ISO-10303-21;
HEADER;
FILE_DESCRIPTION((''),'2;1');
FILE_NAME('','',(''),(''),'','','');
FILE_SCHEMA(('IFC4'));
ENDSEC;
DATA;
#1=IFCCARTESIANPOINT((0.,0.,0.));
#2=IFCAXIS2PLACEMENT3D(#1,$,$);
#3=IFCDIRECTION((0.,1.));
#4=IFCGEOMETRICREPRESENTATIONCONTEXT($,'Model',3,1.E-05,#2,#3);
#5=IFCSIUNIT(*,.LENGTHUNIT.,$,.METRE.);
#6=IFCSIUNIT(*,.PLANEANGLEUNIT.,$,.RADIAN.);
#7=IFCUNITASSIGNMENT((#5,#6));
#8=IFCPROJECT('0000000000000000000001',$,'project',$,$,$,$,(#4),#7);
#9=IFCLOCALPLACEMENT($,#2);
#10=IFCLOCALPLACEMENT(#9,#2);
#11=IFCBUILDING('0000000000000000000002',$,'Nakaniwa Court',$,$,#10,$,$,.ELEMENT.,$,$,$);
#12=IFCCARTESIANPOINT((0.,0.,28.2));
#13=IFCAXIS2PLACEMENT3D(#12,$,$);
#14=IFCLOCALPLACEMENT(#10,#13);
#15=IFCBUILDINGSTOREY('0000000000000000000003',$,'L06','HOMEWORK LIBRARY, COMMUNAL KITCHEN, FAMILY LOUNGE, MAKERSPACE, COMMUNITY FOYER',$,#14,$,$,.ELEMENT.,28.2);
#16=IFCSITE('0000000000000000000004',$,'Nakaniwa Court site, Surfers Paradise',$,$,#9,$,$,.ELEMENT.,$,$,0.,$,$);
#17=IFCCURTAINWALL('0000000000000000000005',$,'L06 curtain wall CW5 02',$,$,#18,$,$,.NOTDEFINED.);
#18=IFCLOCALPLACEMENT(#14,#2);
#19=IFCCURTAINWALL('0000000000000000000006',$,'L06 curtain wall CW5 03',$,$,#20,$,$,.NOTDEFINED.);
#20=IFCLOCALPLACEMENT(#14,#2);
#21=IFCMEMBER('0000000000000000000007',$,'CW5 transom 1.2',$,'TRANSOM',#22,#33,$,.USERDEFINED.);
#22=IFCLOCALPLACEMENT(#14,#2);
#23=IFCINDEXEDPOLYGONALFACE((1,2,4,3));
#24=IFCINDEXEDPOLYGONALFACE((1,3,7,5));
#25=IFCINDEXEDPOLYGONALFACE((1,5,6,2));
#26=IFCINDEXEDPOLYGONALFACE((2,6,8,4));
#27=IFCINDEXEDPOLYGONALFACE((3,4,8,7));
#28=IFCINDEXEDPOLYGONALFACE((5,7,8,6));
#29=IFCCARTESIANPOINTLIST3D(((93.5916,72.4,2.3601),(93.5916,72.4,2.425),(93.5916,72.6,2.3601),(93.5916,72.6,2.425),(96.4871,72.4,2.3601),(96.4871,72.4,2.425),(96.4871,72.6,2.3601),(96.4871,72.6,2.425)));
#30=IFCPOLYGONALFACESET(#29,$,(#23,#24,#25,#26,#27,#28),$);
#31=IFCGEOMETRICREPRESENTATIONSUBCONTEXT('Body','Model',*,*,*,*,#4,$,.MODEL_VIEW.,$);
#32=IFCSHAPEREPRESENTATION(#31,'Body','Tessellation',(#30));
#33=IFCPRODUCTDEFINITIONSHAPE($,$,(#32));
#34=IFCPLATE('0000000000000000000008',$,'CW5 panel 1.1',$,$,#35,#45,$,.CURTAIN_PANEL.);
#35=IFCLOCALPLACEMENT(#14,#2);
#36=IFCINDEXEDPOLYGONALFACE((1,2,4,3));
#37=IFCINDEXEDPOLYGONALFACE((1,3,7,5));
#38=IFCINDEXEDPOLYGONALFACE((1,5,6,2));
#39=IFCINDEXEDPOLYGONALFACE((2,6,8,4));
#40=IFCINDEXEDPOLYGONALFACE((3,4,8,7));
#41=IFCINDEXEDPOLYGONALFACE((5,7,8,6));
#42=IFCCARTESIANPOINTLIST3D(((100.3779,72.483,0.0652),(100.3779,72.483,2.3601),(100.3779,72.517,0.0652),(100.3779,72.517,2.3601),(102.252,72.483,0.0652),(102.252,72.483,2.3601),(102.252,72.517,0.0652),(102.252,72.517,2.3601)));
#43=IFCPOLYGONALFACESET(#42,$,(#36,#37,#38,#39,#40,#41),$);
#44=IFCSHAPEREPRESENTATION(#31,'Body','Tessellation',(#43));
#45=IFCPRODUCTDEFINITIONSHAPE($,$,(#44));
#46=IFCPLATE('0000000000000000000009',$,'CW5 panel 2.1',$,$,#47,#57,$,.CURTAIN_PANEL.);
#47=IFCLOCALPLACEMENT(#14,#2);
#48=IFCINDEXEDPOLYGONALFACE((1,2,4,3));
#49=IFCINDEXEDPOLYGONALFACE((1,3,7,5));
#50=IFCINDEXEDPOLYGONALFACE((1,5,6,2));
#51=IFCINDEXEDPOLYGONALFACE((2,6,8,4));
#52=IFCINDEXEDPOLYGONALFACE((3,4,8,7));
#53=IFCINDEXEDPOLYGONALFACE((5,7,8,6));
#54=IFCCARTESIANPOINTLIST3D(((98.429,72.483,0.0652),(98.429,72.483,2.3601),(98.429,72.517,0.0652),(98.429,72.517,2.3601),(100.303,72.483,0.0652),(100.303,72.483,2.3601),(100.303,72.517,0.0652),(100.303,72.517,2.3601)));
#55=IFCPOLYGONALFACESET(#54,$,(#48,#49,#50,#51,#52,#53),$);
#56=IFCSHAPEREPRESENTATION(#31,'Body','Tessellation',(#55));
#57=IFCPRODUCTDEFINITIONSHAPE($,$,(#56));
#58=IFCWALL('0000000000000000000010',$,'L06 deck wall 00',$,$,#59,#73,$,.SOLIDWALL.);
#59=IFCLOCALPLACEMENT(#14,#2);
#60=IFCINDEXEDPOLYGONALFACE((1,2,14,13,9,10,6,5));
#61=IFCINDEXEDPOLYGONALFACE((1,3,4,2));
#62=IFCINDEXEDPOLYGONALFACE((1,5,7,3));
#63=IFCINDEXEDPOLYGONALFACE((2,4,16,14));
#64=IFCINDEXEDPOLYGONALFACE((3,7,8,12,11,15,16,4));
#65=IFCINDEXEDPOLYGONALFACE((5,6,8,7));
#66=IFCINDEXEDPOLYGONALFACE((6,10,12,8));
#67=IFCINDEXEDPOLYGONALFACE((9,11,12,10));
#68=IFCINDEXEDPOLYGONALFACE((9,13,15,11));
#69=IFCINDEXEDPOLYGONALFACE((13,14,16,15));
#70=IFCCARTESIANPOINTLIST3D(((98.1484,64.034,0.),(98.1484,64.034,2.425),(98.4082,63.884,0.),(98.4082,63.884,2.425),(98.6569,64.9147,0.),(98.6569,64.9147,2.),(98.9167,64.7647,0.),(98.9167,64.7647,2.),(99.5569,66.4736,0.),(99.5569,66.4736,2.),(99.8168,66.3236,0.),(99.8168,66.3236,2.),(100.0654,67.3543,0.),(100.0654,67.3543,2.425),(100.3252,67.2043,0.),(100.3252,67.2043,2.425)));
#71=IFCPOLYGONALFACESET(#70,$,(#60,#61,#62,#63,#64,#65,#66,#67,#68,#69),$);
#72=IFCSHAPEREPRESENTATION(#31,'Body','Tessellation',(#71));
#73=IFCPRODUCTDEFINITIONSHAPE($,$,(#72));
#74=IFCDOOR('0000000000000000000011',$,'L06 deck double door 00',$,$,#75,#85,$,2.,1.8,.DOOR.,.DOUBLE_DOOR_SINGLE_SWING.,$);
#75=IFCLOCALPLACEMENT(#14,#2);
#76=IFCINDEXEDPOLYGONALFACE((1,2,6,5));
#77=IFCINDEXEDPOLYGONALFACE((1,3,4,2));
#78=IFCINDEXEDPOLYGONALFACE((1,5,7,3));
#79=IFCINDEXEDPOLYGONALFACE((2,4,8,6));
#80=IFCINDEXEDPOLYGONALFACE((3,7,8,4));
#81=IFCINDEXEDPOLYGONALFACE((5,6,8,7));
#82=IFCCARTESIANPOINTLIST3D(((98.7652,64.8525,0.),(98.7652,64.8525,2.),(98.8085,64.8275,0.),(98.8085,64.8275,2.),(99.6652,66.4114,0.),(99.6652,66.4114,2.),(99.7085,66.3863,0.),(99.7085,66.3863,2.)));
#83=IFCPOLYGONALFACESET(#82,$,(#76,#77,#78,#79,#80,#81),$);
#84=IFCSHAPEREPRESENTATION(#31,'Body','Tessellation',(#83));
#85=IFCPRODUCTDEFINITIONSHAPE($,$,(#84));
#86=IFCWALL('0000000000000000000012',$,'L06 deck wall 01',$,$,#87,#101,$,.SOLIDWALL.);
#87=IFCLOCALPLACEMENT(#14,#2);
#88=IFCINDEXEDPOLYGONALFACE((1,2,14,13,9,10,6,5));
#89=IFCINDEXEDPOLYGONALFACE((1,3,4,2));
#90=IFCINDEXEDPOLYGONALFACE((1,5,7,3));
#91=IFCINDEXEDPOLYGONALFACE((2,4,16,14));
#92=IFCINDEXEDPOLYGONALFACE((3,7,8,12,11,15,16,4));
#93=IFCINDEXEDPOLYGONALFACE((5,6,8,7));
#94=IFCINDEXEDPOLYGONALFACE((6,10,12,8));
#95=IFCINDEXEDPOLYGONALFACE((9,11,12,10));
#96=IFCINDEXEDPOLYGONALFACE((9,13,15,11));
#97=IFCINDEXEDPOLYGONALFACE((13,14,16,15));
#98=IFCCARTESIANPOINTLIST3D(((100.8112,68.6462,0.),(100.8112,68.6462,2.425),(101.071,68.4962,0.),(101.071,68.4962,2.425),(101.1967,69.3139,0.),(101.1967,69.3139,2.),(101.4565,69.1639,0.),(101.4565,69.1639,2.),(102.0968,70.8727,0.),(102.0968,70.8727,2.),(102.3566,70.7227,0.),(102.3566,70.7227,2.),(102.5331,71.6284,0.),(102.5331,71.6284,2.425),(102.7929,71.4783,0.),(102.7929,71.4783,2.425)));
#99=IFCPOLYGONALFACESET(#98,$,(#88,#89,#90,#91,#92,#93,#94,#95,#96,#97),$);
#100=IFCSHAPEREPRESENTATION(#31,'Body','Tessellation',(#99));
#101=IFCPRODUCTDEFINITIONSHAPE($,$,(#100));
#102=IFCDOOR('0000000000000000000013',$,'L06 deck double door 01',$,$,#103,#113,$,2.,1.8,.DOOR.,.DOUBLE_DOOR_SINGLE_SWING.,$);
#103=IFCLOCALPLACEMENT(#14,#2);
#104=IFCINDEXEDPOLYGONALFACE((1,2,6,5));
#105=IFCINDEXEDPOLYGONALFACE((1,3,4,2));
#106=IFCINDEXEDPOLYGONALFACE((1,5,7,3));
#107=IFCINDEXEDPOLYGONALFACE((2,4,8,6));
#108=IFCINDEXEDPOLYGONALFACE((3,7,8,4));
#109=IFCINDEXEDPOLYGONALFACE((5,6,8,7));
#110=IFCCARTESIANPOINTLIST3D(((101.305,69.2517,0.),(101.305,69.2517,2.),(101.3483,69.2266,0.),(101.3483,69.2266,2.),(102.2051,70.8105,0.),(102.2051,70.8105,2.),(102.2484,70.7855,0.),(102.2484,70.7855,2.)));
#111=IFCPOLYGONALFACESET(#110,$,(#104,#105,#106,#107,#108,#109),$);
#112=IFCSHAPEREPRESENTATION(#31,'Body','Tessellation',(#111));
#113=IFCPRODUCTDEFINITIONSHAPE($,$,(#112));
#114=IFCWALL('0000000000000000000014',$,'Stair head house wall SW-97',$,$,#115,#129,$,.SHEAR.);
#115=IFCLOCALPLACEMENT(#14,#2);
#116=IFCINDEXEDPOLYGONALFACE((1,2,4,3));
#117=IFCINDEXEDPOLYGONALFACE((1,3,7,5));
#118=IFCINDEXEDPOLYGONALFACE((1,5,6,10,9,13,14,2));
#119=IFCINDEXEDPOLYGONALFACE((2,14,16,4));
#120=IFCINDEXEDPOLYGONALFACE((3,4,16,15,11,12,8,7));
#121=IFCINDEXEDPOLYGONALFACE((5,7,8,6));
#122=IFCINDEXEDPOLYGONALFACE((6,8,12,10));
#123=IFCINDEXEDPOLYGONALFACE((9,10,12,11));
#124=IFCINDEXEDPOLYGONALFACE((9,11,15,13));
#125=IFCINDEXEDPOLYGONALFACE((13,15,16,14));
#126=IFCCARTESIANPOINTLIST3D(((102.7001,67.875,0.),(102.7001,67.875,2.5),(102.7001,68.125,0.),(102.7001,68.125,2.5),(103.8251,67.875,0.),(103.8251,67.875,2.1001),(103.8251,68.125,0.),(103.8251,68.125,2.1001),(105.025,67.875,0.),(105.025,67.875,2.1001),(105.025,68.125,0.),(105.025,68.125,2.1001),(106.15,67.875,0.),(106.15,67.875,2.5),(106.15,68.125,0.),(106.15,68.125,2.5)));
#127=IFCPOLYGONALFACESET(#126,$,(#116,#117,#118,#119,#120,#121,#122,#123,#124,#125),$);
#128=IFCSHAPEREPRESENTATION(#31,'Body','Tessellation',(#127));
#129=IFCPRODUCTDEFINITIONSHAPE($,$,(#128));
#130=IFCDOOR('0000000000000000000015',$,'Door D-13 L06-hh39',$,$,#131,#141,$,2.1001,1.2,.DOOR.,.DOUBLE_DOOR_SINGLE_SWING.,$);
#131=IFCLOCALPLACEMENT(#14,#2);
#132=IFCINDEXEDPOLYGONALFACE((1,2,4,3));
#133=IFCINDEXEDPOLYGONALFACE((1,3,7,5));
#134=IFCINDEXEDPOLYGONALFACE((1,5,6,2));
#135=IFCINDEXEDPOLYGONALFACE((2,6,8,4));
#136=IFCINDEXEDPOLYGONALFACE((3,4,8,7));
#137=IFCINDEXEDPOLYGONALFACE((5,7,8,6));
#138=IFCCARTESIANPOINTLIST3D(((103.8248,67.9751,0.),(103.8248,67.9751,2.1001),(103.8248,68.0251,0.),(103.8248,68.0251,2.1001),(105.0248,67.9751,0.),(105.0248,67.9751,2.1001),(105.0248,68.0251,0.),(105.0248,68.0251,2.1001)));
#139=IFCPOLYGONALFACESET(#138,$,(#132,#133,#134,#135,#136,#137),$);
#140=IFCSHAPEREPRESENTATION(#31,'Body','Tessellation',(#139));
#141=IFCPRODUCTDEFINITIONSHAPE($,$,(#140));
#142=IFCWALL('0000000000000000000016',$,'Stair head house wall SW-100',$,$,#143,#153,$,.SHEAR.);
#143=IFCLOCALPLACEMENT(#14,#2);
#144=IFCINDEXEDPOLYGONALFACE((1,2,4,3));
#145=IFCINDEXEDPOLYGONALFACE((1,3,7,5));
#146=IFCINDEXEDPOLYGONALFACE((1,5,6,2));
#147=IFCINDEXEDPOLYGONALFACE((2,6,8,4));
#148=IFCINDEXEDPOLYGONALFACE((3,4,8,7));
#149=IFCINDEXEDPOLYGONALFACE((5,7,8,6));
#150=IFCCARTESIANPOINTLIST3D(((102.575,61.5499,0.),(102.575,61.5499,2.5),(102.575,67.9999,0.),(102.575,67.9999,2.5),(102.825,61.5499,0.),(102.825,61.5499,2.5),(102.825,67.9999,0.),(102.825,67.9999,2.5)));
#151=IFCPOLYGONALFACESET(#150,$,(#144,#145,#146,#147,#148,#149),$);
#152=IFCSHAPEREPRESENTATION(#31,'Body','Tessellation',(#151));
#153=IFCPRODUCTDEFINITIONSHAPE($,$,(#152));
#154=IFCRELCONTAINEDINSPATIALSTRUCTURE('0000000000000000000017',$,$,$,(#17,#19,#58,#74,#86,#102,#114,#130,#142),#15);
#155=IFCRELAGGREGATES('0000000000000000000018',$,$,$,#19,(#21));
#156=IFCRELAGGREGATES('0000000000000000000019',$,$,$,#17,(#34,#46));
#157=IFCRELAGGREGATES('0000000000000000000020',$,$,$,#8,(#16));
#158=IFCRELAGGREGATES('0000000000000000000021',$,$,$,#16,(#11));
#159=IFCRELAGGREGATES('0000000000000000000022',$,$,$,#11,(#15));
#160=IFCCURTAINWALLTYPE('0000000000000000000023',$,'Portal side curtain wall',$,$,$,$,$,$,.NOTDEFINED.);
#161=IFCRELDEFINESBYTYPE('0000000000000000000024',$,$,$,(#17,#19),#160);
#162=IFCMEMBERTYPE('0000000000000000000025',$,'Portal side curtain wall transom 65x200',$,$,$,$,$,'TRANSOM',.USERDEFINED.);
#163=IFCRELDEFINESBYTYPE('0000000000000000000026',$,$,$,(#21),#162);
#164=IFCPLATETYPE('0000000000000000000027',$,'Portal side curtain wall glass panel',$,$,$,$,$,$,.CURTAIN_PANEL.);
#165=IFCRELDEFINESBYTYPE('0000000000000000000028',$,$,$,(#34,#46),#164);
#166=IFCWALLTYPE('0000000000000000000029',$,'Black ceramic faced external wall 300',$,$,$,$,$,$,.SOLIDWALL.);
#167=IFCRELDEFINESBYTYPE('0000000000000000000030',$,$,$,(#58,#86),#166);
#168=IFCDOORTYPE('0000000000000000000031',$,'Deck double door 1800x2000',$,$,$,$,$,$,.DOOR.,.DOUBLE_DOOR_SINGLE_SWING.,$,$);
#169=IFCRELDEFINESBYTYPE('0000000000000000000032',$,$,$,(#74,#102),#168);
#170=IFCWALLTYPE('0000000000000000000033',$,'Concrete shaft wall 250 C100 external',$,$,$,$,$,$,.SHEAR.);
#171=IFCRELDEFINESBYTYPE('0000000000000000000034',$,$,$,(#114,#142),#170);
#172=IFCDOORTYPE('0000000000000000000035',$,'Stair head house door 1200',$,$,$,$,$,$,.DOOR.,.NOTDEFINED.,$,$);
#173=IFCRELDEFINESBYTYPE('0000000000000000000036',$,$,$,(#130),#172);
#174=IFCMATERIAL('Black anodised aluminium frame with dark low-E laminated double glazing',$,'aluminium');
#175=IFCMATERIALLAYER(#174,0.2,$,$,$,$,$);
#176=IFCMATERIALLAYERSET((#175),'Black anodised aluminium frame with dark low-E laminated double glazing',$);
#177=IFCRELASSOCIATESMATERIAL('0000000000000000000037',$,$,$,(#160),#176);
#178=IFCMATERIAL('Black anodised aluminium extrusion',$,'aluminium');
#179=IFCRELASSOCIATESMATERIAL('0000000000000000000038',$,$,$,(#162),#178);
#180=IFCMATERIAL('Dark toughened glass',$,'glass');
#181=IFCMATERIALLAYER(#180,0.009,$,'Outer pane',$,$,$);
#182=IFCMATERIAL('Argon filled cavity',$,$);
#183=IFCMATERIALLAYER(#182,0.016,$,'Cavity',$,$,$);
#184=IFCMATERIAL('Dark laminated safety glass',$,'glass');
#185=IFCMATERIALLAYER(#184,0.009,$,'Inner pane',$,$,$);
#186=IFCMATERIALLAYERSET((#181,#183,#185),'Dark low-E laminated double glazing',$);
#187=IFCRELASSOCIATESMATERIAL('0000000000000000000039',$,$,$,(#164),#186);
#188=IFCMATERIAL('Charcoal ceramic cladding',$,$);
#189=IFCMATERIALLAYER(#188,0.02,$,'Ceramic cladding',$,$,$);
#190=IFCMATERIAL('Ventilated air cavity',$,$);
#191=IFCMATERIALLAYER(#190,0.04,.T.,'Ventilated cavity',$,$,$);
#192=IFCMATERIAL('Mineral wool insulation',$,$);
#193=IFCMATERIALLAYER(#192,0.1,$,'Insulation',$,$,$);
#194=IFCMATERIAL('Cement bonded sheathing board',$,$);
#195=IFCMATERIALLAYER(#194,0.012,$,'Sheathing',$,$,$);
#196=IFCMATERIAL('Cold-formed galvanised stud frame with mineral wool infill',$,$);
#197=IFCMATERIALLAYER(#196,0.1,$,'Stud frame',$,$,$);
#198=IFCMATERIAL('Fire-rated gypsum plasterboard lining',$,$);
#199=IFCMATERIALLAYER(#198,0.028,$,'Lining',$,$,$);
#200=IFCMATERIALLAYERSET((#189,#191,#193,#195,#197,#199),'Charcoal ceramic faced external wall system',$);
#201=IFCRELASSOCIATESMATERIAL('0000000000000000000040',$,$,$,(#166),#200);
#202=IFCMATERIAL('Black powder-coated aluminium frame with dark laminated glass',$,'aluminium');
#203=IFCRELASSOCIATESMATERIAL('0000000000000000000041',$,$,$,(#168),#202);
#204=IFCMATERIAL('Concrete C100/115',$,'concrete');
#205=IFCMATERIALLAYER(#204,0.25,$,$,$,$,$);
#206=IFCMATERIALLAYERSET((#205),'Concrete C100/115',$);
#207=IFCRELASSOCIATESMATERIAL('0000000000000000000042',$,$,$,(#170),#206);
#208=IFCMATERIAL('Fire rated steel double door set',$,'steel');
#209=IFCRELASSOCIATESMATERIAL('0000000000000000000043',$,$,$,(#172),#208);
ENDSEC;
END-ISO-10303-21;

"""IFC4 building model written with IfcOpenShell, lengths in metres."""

from ifc_helpers import new_model, si_unit, direction, frame, frame_2d, origin, origin_2d, place, context, subcontext, project, spatial, rectangle, extrude, material, layer, layer_set, material_profile, profile_set, type_object, element, fill, aggregate, save


model = new_model("IFC4")

# Units and contexts
model_context = context("Model", 3, precision=1e-05, world=origin(), true_north=direction((0.0, 1.0)))
body_context = subcontext(model_context, "Body", "Model", "MODEL_VIEW")
ifc_project = project(units=[si_unit("LENGTHUNIT", "METRE"), si_unit("PLANEANGLEUNIT", "RADIAN")], contexts=[model_context])

# Site, building, storey
site_placement = place(None, origin())
site = spatial("IfcSite", under=ifc_project, at=site_placement, Name="Nakaniwa Court site, Surfers Paradise", CompositionType="ELEMENT", RefElevation=0.0)
building_placement = place(site_placement, origin())
building = spatial("IfcBuilding", under=site, at=building_placement, Name="Nakaniwa Court", CompositionType="ELEMENT")
storey_placement = place(building_placement, frame((0.0, 0.0, 28.2)))
storey = spatial("IfcBuildingStorey", under=building, at=storey_placement, Name="L06", Description="HOMEWORK LIBRARY, COMMUNAL KITCHEN, FAMILY LOUNGE, MAKERSPACE, COMMUNITY FOYER", CompositionType="ELEMENT", Elevation=28.2)

# Shared definitions
ifc_material_1 = material(Name="Concrete C100/115", Category="concrete")

# Curtain wall
ifc_material_2 = material(Name="Black anodised aluminium frame with dark low-E laminated double glazing", Category="aluminium")
ifc_layer_1 = layer(ifc_material_2, 0.2)
ifc_layer_set_1 = layer_set([ifc_layer_1], Name="Black anodised aluminium frame with dark low-E laminated double glazing")
curtain_wall_type = type_object("IfcCurtainWallType", Name="Portal side curtain wall", PredefinedType="NOTDEFINED", material=ifc_layer_set_1)
curtain_wall_1_placement = place(storey_placement, origin())
curtain_wall_1 = element("IfcCurtainWall", 1, at=curtain_wall_1_placement, inside=storey, type_object=curtain_wall_type, Name="L06 curtain wall CW5 02", PredefinedType="NOTDEFINED")
ifc_material_3 = material(Name="Black anodised aluminium extrusion", Category="aluminium")

# Curtain wall
curtain_wall_2_placement = place(storey_placement, origin())
curtain_wall_2 = element("IfcCurtainWall", 2, at=curtain_wall_2_placement, inside=storey, type_object=curtain_wall_type, Name="L06 curtain wall CW5 03", PredefinedType="NOTDEFINED")

# Member
ifc_material_profile_1 = material_profile(ifc_material_3, rectangle(XDim=0.2, YDim=0.0649, at=origin_2d()), Name="Portal side curtain wall transom 65x200")
ifc_profile_set_1 = profile_set([ifc_material_profile_1], Name="Black anodised aluminium extrusion")
member_type_1 = type_object("IfcMemberType", Name="Portal side curtain wall transom 65x200", ElementType="TRANSOM", PredefinedType="USERDEFINED", material=ifc_profile_set_1)
member_1_placement = place(storey_placement, frame((96.4871, 72.5, 2.3926), z_axis=(-1.0, 0.0, 0.0), x_axis=(0.0, -1.0, 0.0)))
member_1 = element("IfcMember", 3, at=member_1_placement, type_object=member_type_1, Name="CW5 transom 1.2", ObjectType="TRANSOM", PredefinedType="USERDEFINED", context=body_context, shape_type="SweptSolid", body=[
    extrude(rectangle(XDim=0.2, YDim=0.0649, at=origin_2d()), origin(), (0.0, 0.0, 1.0), 2.8955),
])
aggregate(curtain_wall_2, [member_1])

# Plates
ifc_material_4 = material(Name="Dark toughened glass", Category="glass")
ifc_layer_2 = layer(ifc_material_4, 0.009, Name="Outer pane")
ifc_material_5 = material(Name="Argon filled cavity")
ifc_layer_3 = layer(ifc_material_5, 0.016, Name="Cavity")
ifc_material_6 = material(Name="Dark laminated safety glass", Category="glass")
ifc_layer_4 = layer(ifc_material_6, 0.009, Name="Inner pane")
ifc_layer_set_2 = layer_set([ifc_layer_2, ifc_layer_3, ifc_layer_4], Name="Dark low-E laminated double glazing")
plate_type = type_object("IfcPlateType", Name="Portal side curtain wall glass panel", PredefinedType="CURTAIN_PANEL", material=ifc_layer_set_2)
plate_1_placement = place(storey_placement, frame((101.3149, 72.5, 0.0652), z_axis=(0.0, 0.0, 1.0), x_axis=(-1.0, 0.0, 0.0)))
plate_1 = element("IfcPlate", 4, at=plate_1_placement, type_object=plate_type, Name="CW5 panel 1.1", PredefinedType="CURTAIN_PANEL", context=body_context, shape_type="SweptSolid", body=[
    extrude(rectangle(XDim=1.874, YDim=0.0339, at=origin_2d()), origin(), (0.0, 0.0, 1.0), 2.2949),
])
plate_2_placement = place(storey_placement, frame((99.366, 72.5, 0.0652), z_axis=(0.0, 0.0, 1.0), x_axis=(-1.0, 0.0, 0.0)))
plate_2 = element("IfcPlate", 5, at=plate_2_placement, type_object=plate_type, Name="CW5 panel 2.1", PredefinedType="CURTAIN_PANEL", context=body_context, shape_type="SweptSolid", body=[
    extrude(rectangle(XDim=1.874, YDim=0.0339, at=origin_2d()), origin(), (0.0, 0.0, 1.0), 2.2949),
])
aggregate(curtain_wall_1, [plate_1, plate_2])

# Walls, openings, doors
ifc_material_7 = material(Name="Charcoal ceramic cladding")
ifc_layer_5 = layer(ifc_material_7, 0.02, Name="Ceramic cladding")
ifc_material_8 = material(Name="Ventilated air cavity")
ifc_layer_6 = layer(ifc_material_8, 0.04, ventilated=True, Name="Ventilated cavity")
ifc_material_9 = material(Name="Mineral wool insulation")
ifc_layer_7 = layer(ifc_material_9, 0.1, Name="Insulation")
ifc_material_10 = material(Name="Cement bonded sheathing board")
ifc_layer_8 = layer(ifc_material_10, 0.012, Name="Sheathing")
ifc_material_11 = material(Name="Cold-formed galvanised stud frame with mineral wool infill")
ifc_layer_9 = layer(ifc_material_11, 0.1, Name="Stud frame")
ifc_material_12 = material(Name="Fire-rated gypsum plasterboard lining")
ifc_layer_10 = layer(ifc_material_12, 0.028, Name="Lining")
ifc_layer_set_3 = layer_set([ifc_layer_5, ifc_layer_6, ifc_layer_7, ifc_layer_8, ifc_layer_9, ifc_layer_10], Name="Charcoal ceramic faced external wall system")
wall_type_1 = type_object("IfcWallType", Name="Black ceramic faced external wall 300", PredefinedType="SOLIDWALL", material=ifc_layer_set_3)
wall_1_placement = place(storey_placement, frame((98.2783, 63.959, 0.0), z_axis=(0.0, 0.0, 1.0), x_axis=(0.500002, 0.866024, 0.0)))
wall_1 = element("IfcWall", 6, at=wall_1_placement, inside=storey, type_object=wall_type_1, Name="L06 deck wall 00", PredefinedType="SOLIDWALL", context=body_context, shape_type="SweptSolid", body=[
    extrude(rectangle(XDim=3.834, YDim=0.3, at=frame_2d((1.917, 0.0))), origin(), (0.0, 0.0, 1.0), 2.425),
])
opening_1_placement = place(wall_1_placement, frame((1.0171, 0.0, 0.0)))
opening_1 = element("IfcOpeningElement", 7, at=opening_1_placement, cuts=wall_1, PredefinedType="OPENING", context=body_context, shape_type="SweptSolid", body=[
    extrude(rectangle(XDim=1.8, YDim=2.0, at=frame_2d((0.8999, 1.0))), frame((0.0, 0.1599, 0.0), z_axis=(0.0, -1.0, 0.0), x_axis=(1.0, 0.0, 0.0)), (0.0, 0.0, 1.0), 0.3201),
])
ifc_material_13 = material(Name="Black powder-coated aluminium frame with dark laminated glass", Category="aluminium")
door_type_1 = type_object("IfcDoorType", Name="Deck double door 1800x2000", OperationType="DOUBLE_DOOR_SINGLE_SWING", PredefinedType="DOOR", material=ifc_material_13)
door_1_placement = place(opening_1_placement, frame((1.8, 0.0, 0.0), z_axis=(0.0, 0.0, 1.0), x_axis=(-1.0, 0.0, 0.0)))
door_1 = element("IfcDoor", 8, at=door_1_placement, inside=storey, type_object=door_type_1, Name="L06 deck double door 00", OperationType="DOUBLE_DOOR_SINGLE_SWING", OverallHeight=2.0, OverallWidth=1.8, PredefinedType="DOOR", context=body_context, shape_type="SweptSolid", body=[
    extrude(rectangle(XDim=1.8, YDim=2.0, at=frame_2d((0.8999, 1.0))), frame((0.0, 0.0249, 0.0), z_axis=(0.0, -1.0, 0.0), x_axis=(1.0, 0.0, 0.0)), (0.0, 0.0, 1.0), 0.05),
])
fill(opening_1, door_1)
wall_2_placement = place(storey_placement, frame((100.9412, 68.5713, 0.0), z_axis=(0.0, 0.0, 1.0), x_axis=(0.500035, 0.866005, 0.0)))
wall_2 = element("IfcWall", 9, at=wall_2_placement, inside=storey, type_object=wall_type_1, Name="L06 deck wall 01", PredefinedType="SOLIDWALL", context=body_context, shape_type="SweptSolid", body=[
    extrude(rectangle(XDim=3.4436, YDim=0.3, at=frame_2d((1.7217, 0.0))), origin(), (0.0, 0.0, 1.0), 2.425),
])
opening_2_placement = place(wall_2_placement, frame((0.771, 0.0, 0.0)))
opening_2 = element("IfcOpeningElement", 10, at=opening_2_placement, cuts=wall_2, PredefinedType="OPENING", context=body_context, shape_type="SweptSolid", body=[
    extrude(rectangle(XDim=1.8, YDim=2.0, at=frame_2d((0.8999, 1.0))), frame((0.0, 0.1599, 0.0), z_axis=(0.0, -1.0, 0.0), x_axis=(1.0, 0.0, 0.0)), (0.0, 0.0, 1.0), 0.3201),
])
door_2_placement = place(opening_2_placement, frame((1.8, 0.0, 0.0), z_axis=(0.0, 0.0, 1.0), x_axis=(-1.0, 0.0, 0.0)))
door_2 = element("IfcDoor", 11, at=door_2_placement, inside=storey, type_object=door_type_1, Name="L06 deck double door 01", OperationType="DOUBLE_DOOR_SINGLE_SWING", OverallHeight=2.0, OverallWidth=1.8, PredefinedType="DOOR", context=body_context, shape_type="SweptSolid", body=[
    extrude(rectangle(XDim=1.8, YDim=2.0, at=frame_2d((0.8999, 1.0))), frame((0.0, 0.0249, 0.0), z_axis=(0.0, -1.0, 0.0), x_axis=(1.0, 0.0, 0.0)), (0.0, 0.0, 1.0), 0.05),
])
fill(opening_2, door_2)
ifc_layer_11 = layer(ifc_material_1, 0.25)
ifc_layer_set_4 = layer_set([ifc_layer_11], Name="Concrete C100/115")
wall_type_2 = type_object("IfcWallType", Name="Concrete shaft wall 250 C100 external", PredefinedType="SHEAR", material=ifc_layer_set_4)
wall_3_placement = place(storey_placement, frame((102.7, 68.0, 0.0), z_axis=(0.0, 0.0, 1.0), x_axis=(1.0, 0.0, 0.0)))
wall_3 = element("IfcWall", 12, at=wall_3_placement, inside=storey, type_object=wall_type_2, Name="Stair head house wall SW-97", PredefinedType="SHEAR", context=body_context, shape_type="SweptSolid", body=[
    extrude(rectangle(XDim=3.45, YDim=0.25, at=frame_2d((1.7251, 0.0))), origin(), (0.0, 0.0, 1.0), 2.5),
])
opening_3_placement = place(wall_3_placement, frame((1.125, 0.0, 0.0)))
opening_3 = element("IfcOpeningElement", 13, at=opening_3_placement, cuts=wall_3, PredefinedType="OPENING", context=body_context, shape_type="SweptSolid", body=[
    extrude(rectangle(XDim=1.2, YDim=2.1001, at=frame_2d((0.6001, 1.05))), frame((0.0, 0.135, 0.0), z_axis=(0.0, -1.0, 0.0), x_axis=(1.0, 0.0, 0.0)), (0.0, 0.0, 1.0), 0.27),
])
ifc_material_14 = material(Name="Fire rated steel double door set", Category="steel")
door_type_2 = type_object("IfcDoorType", Name="Stair head house door 1200", OperationType="NOTDEFINED", PredefinedType="DOOR", material=ifc_material_14)
door_3_placement = place(opening_3_placement, frame((1.2, 0.0, 0.0), z_axis=(0.0, 0.0, 1.0), x_axis=(-1.0, 0.0, 0.0)))
door_3 = element("IfcDoor", 14, at=door_3_placement, inside=storey, type_object=door_type_2, Name="Door D-13 L06-hh39", OperationType="DOUBLE_DOOR_SINGLE_SWING", OverallHeight=2.1001, OverallWidth=1.2, PredefinedType="DOOR", context=body_context, shape_type="SweptSolid", body=[
    extrude(rectangle(XDim=1.2, YDim=2.1001, at=frame_2d((0.6001, 1.05))), frame((0.0, 0.0249, 0.0), z_axis=(0.0, -1.0, 0.0), x_axis=(1.0, 0.0, 0.0)), (0.0, 0.0, 1.0), 0.05),
])
fill(opening_3, door_3)

# Wall
wall_4_placement = place(storey_placement, frame((102.7, 68.0, 0.0), z_axis=(0.0, 0.0, 1.0), x_axis=(0.0, -1.0, 0.0)))
element("IfcWall", 15, at=wall_4_placement, inside=storey, type_object=wall_type_2, Name="Stair head house wall SW-100", PredefinedType="SHEAR", context=body_context, shape_type="SweptSolid", body=[
    extrude(rectangle(XDim=6.45, YDim=0.25, at=frame_2d((3.2251, 0.0))), origin(), (0.0, 0.0, 1.0), 2.5),
])

save(model, "model.ifc")
